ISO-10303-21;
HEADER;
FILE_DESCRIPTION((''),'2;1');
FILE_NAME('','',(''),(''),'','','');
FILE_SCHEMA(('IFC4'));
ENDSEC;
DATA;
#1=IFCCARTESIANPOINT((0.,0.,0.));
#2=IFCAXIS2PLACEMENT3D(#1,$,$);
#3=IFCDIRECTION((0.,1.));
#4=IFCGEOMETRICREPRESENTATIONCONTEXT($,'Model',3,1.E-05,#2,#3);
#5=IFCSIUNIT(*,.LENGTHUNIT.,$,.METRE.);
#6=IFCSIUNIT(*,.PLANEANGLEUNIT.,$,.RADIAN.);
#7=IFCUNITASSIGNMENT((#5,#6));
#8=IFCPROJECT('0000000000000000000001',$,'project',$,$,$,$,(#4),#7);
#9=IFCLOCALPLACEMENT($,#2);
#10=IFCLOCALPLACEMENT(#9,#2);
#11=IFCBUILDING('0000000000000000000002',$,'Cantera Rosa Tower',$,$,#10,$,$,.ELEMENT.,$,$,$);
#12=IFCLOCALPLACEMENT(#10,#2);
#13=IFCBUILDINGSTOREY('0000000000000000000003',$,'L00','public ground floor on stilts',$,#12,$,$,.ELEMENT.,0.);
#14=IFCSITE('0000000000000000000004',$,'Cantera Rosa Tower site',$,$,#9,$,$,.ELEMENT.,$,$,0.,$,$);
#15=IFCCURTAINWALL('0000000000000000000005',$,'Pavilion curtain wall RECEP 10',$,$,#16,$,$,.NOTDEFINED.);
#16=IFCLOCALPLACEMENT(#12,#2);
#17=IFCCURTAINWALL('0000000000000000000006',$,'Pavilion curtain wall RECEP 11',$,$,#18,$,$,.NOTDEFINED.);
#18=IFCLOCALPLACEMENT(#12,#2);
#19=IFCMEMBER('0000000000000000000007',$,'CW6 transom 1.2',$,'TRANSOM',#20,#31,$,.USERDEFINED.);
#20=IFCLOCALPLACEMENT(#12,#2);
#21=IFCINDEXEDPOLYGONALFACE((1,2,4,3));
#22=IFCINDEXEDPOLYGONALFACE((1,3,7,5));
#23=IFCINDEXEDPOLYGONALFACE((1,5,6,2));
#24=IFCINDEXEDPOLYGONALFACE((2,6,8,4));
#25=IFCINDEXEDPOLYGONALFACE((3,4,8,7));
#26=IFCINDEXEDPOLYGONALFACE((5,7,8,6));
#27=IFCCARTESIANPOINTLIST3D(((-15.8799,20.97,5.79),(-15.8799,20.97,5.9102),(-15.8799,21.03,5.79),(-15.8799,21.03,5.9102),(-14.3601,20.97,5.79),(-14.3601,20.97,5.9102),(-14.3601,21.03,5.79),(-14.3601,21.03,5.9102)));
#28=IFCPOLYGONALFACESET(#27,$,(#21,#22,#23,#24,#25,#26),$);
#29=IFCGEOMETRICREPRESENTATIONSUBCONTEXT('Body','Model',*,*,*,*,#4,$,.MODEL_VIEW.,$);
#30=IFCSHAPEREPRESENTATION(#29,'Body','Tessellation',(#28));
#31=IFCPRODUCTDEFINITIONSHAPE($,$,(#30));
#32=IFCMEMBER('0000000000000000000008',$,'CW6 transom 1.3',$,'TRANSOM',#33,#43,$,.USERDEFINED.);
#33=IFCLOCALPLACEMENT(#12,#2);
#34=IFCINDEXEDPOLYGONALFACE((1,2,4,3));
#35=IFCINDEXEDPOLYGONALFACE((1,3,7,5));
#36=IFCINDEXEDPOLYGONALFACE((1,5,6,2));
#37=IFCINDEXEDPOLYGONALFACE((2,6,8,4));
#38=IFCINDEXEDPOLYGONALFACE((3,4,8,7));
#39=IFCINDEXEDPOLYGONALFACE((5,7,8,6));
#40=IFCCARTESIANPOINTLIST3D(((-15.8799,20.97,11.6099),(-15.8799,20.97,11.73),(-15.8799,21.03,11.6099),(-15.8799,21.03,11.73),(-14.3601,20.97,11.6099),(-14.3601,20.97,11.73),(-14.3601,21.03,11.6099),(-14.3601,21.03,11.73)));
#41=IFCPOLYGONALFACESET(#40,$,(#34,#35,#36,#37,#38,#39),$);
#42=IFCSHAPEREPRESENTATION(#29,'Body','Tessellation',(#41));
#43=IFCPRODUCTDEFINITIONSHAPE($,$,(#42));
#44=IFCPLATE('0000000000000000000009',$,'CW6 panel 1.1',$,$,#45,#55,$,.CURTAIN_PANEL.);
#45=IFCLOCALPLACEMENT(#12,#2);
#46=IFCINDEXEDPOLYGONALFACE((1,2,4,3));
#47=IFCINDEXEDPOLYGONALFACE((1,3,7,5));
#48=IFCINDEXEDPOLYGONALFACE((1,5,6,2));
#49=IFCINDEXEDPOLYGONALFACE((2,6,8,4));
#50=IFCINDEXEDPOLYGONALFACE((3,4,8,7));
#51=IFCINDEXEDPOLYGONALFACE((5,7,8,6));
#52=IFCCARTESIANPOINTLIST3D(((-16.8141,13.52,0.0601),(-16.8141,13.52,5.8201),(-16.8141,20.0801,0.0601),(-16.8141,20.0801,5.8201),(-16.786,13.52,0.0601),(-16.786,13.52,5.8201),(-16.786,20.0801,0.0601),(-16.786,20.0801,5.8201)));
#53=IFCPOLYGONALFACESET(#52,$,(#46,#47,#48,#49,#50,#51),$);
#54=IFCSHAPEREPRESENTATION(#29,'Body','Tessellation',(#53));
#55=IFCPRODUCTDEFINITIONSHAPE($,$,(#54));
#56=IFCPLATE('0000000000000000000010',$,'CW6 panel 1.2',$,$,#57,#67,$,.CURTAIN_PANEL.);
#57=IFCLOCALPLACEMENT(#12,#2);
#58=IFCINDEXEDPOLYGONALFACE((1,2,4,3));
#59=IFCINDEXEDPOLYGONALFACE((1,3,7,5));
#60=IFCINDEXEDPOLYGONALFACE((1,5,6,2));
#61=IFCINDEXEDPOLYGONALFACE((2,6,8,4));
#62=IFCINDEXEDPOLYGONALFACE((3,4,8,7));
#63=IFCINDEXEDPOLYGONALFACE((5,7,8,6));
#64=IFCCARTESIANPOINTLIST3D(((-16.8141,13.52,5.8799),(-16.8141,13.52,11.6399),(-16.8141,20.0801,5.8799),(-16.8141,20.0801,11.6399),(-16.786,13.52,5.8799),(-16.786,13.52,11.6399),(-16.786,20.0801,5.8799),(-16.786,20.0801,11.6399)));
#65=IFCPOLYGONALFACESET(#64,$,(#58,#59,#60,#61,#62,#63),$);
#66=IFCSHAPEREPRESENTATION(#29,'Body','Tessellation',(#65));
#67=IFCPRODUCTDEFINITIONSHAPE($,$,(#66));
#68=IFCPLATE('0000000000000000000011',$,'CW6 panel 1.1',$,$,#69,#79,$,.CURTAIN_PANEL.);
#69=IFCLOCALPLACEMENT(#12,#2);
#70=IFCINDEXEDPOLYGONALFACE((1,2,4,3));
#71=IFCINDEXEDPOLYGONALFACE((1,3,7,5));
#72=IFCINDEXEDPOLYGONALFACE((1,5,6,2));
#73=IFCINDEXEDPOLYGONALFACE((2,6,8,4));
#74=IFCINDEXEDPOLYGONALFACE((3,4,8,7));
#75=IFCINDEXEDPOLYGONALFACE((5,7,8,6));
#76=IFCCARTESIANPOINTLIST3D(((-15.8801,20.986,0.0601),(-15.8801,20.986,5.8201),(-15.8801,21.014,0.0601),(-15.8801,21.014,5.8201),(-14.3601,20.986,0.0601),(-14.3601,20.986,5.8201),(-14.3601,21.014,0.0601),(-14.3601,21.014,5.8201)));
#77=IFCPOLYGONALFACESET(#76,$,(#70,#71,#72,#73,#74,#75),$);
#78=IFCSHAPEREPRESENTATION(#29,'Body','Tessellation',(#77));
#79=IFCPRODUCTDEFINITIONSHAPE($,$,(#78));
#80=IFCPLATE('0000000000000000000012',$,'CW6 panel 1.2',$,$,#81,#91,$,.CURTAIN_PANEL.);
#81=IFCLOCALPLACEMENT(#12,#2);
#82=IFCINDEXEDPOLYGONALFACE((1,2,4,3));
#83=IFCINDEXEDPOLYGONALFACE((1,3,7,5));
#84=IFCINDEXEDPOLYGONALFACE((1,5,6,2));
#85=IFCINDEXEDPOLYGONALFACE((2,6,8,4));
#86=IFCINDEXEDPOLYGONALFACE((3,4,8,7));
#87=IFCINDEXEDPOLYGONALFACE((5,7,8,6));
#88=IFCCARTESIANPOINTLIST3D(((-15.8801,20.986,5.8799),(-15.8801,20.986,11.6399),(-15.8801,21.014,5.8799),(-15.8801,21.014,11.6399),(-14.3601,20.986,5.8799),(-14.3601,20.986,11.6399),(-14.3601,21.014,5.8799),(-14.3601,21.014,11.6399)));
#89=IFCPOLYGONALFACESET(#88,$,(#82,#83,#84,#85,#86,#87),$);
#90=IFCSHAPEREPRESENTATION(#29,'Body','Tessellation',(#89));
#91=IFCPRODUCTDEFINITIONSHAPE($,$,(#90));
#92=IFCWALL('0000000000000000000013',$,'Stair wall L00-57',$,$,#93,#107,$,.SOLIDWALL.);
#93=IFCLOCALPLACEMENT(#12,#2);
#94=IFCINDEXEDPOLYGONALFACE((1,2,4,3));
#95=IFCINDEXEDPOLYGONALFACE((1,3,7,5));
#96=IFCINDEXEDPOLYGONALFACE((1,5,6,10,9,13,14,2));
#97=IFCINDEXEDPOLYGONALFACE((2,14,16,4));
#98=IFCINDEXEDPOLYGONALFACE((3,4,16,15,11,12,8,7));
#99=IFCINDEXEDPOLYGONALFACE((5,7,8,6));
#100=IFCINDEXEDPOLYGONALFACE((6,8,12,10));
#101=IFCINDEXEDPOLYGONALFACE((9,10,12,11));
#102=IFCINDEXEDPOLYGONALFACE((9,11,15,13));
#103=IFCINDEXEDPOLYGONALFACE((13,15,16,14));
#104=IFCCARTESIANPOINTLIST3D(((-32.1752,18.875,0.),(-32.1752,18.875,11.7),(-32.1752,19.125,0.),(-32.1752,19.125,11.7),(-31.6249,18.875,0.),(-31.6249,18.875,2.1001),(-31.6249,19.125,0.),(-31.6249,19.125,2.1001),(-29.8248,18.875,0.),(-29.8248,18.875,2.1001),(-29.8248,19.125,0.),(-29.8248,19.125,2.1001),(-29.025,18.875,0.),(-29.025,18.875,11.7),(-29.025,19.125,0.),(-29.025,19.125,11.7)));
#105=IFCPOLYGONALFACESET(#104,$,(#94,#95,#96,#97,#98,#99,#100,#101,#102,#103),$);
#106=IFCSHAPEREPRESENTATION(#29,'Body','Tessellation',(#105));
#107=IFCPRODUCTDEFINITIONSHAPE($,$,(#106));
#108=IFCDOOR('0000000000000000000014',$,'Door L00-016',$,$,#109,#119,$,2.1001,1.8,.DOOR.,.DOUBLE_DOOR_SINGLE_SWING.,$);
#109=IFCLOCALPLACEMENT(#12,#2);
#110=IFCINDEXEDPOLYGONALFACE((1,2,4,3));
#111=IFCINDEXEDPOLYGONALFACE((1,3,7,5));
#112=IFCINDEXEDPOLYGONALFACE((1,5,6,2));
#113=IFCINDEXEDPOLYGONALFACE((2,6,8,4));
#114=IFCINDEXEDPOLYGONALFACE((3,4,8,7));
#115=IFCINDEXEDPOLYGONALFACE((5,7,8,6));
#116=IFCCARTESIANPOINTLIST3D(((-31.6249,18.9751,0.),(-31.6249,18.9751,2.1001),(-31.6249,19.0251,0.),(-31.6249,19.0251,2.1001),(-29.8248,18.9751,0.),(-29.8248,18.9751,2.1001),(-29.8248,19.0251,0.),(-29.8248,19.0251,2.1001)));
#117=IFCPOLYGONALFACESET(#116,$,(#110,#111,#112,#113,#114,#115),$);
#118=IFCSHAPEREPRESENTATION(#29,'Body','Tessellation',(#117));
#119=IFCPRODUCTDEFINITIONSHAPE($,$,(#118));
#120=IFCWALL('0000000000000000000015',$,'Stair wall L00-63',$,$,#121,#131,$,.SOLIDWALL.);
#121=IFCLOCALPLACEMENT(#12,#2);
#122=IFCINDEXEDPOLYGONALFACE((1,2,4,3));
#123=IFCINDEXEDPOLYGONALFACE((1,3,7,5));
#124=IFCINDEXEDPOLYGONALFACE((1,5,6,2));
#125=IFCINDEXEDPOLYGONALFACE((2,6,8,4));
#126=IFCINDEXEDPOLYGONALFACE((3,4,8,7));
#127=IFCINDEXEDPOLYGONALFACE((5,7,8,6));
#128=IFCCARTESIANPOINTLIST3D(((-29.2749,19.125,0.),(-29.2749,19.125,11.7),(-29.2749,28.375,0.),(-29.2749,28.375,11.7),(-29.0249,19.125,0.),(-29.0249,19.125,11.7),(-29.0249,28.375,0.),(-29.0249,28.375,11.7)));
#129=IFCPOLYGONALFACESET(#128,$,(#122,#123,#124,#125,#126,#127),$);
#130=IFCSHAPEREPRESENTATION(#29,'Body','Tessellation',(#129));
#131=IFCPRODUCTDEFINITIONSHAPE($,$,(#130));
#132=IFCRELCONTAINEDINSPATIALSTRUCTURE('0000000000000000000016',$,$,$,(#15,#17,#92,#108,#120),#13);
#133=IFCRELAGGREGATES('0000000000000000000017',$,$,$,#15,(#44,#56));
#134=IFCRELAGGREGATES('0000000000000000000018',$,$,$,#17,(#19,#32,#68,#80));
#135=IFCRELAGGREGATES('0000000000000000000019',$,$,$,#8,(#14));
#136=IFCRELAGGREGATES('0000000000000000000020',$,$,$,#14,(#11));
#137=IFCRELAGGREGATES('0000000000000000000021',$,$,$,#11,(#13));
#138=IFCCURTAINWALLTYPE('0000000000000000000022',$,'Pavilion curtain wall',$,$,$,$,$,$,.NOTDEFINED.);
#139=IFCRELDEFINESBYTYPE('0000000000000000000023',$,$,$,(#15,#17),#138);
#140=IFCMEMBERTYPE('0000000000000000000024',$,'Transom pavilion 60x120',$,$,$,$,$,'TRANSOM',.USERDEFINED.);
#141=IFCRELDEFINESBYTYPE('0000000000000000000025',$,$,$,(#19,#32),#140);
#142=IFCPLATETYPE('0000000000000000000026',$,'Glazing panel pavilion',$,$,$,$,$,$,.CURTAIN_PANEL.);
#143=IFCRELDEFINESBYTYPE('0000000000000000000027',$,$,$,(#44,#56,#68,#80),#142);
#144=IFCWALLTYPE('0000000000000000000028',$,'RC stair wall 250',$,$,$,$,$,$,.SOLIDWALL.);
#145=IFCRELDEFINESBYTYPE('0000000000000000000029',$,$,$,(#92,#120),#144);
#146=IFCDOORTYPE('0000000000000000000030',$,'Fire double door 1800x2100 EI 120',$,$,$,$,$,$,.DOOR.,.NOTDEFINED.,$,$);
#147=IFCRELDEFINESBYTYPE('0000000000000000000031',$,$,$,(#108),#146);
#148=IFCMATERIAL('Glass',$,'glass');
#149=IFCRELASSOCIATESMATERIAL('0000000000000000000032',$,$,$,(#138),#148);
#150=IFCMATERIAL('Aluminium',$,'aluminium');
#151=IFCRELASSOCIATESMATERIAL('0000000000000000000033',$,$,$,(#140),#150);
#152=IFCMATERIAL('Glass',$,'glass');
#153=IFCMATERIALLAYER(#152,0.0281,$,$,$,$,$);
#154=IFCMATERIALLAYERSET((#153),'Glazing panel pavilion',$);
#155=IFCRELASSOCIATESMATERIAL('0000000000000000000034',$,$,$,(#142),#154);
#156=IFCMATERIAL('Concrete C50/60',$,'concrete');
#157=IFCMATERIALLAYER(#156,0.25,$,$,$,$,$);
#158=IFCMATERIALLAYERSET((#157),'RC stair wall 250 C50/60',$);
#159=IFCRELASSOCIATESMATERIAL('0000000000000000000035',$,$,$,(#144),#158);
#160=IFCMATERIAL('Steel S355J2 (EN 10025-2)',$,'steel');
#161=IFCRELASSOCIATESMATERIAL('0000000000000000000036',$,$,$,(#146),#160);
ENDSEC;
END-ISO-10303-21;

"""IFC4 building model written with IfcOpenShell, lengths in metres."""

from ifc_helpers import new_model, si_unit, direction, frame, frame_2d, origin, origin_2d, place, context, subcontext, project, spatial, rectangle, extrude, material, layer, layer_set, material_profile, profile_set, type_object, element, fill, aggregate, save


model = new_model("IFC4")

# Units and contexts
model_context = context("Model", 3, precision=1e-05, world=origin(), true_north=direction((0.0, 1.0)))
body_context = subcontext(model_context, "Body", "Model", "MODEL_VIEW")
ifc_project = project(units=[si_unit("LENGTHUNIT", "METRE"), si_unit("PLANEANGLEUNIT", "RADIAN")], contexts=[model_context])

# Site, building, storey
site_placement = place(None, origin())
site = spatial("IfcSite", under=ifc_project, at=site_placement, Name="Cantera Rosa Tower site", CompositionType="ELEMENT", RefElevation=0.0)
building_placement = place(site_placement, origin())
building = spatial("IfcBuilding", under=site, at=building_placement, Name="Cantera Rosa Tower", CompositionType="ELEMENT")
storey_placement = place(building_placement, origin())
storey = spatial("IfcBuildingStorey", under=building, at=storey_placement, Name="L00", Description="public ground floor on stilts", CompositionType="ELEMENT", Elevation=0.0)

# Curtain wall
ifc_material_1 = material(Name="Glass", Category="glass")
curtain_wall_type = type_object("IfcCurtainWallType", Name="Pavilion curtain wall", PredefinedType="NOTDEFINED", material=ifc_material_1)
curtain_wall_1_placement = place(storey_placement, origin())
curtain_wall_1 = element("IfcCurtainWall", 1, at=curtain_wall_1_placement, inside=storey, type_object=curtain_wall_type, Name="Pavilion curtain wall RECEP 10", PredefinedType="NOTDEFINED")

# Curtain wall, members
curtain_wall_2_placement = place(storey_placement, origin())
curtain_wall_2 = element("IfcCurtainWall", 2, at=curtain_wall_2_placement, inside=storey, type_object=curtain_wall_type, Name="Pavilion curtain wall RECEP 11", PredefinedType="NOTDEFINED")
ifc_material_2 = material(Name="Aluminium", Category="aluminium")
ifc_material_profile_1 = material_profile(ifc_material_2, rectangle(XDim=0.0601, YDim=0.1201, at=origin_2d()), Name="Transom pavilion 60x120")
ifc_profile_set_1 = profile_set([ifc_material_profile_1], Name="Aluminium")
member_type_1 = type_object("IfcMemberType", Name="Transom pavilion 60x120", ElementType="TRANSOM", PredefinedType="USERDEFINED", material=ifc_profile_set_1)
member_1_placement = place(storey_placement, frame((-15.8799, 21.0, 5.8501), z_axis=(1.0, 0.0, 0.0), x_axis=(0.0, 1.0, 0.0)))
member_1 = element("IfcMember", 3, at=member_1_placement, type_object=member_type_1, Name="CW6 transom 1.2", ObjectType="TRANSOM", PredefinedType="USERDEFINED", context=body_context, shape_type="SweptSolid", body=[
    extrude(rectangle(XDim=0.0601, YDim=0.1201, at=origin_2d()), origin(), (0.0, 0.0, 1.0), 1.5198),
])
member_2_placement = place(storey_placement, frame((-15.8799, 21.0, 11.6699), z_axis=(1.0, 0.0, 0.0), x_axis=(0.0, 1.0, 0.0)))
member_2 = element("IfcMember", 4, at=member_2_placement, type_object=member_type_1, Name="CW6 transom 1.3", ObjectType="TRANSOM", PredefinedType="USERDEFINED", context=body_context, shape_type="SweptSolid", body=[
    extrude(rectangle(XDim=0.0601, YDim=0.1201, at=origin_2d()), origin(), (0.0, 0.0, 1.0), 1.5198),
])

# Plates
ifc_material_3 = material(Name="Glass", Category="glass")
ifc_layer_1 = layer(ifc_material_3, 0.0281)
ifc_layer_set_1 = layer_set([ifc_layer_1], Name="Glazing panel pavilion")
plate_type = type_object("IfcPlateType", Name="Glazing panel pavilion", PredefinedType="CURTAIN_PANEL", material=ifc_layer_set_1)
plate_1_placement = place(storey_placement, frame((-16.8, 16.8, 0.0601), z_axis=(0.0, 0.0, 1.0), x_axis=(0.0, 1.0, 0.0)))
plate_1 = element("IfcPlate", 5, at=plate_1_placement, type_object=plate_type, Name="CW6 panel 1.1", PredefinedType="CURTAIN_PANEL", context=body_context, shape_type="SweptSolid", body=[
    extrude(rectangle(XDim=6.5601, YDim=0.0281, at=origin_2d()), origin(), (0.0, 0.0, 1.0), 5.76),
])
plate_2_placement = place(storey_placement, frame((-16.8, 16.8, 5.8799), z_axis=(0.0, 0.0, 1.0), x_axis=(0.0, 1.0, 0.0)))
plate_2 = element("IfcPlate", 6, at=plate_2_placement, type_object=plate_type, Name="CW6 panel 1.2", PredefinedType="CURTAIN_PANEL", context=body_context, shape_type="SweptSolid", body=[
    extrude(rectangle(XDim=6.5601, YDim=0.0281, at=origin_2d()), origin(), (0.0, 0.0, 1.0), 5.76),
])
aggregate(curtain_wall_1, [plate_1, plate_2])
plate_3_placement = place(storey_placement, frame((-15.1201, 21.0, 0.0601), z_axis=(0.0, 0.0, 1.0), x_axis=(1.0, 0.0, 0.0)))
plate_3 = element("IfcPlate", 7, at=plate_3_placement, type_object=plate_type, Name="CW6 panel 1.1", PredefinedType="CURTAIN_PANEL", context=body_context, shape_type="SweptSolid", body=[
    extrude(rectangle(XDim=1.52, YDim=0.0281, at=origin_2d()), origin(), (0.0, 0.0, 1.0), 5.76),
])
plate_4_placement = place(storey_placement, frame((-15.1201, 21.0, 5.8799), z_axis=(0.0, 0.0, 1.0), x_axis=(1.0, 0.0, 0.0)))
plate_4 = element("IfcPlate", 8, at=plate_4_placement, type_object=plate_type, Name="CW6 panel 1.2", PredefinedType="CURTAIN_PANEL", context=body_context, shape_type="SweptSolid", body=[
    extrude(rectangle(XDim=1.52, YDim=0.0281, at=origin_2d()), origin(), (0.0, 0.0, 1.0), 5.76),
])
aggregate(curtain_wall_2, [member_1, member_2, plate_3, plate_4])

# Wall, opening, door
ifc_material_4 = material(Name="Concrete C50/60", Category="concrete")
ifc_layer_2 = layer(ifc_material_4, 0.25)
ifc_layer_set_2 = layer_set([ifc_layer_2], Name="RC stair wall 250 C50/60")
wall_type = type_object("IfcWallType", Name="RC stair wall 250", PredefinedType="SOLIDWALL", material=ifc_layer_set_2)
wall_1_placement = place(storey_placement, frame((-29.0249, 19.0, 0.0), z_axis=(0.0, 0.0, 1.0), x_axis=(-1.0, 0.0, 0.0)))
wall_1 = element("IfcWall", 9, at=wall_1_placement, inside=storey, type_object=wall_type, Name="Stair wall L00-57", PredefinedType="SOLIDWALL", context=body_context, shape_type="SweptSolid", body=[
    extrude(rectangle(XDim=3.1501, YDim=0.25, at=frame_2d((1.5752, 0.0))), origin(), (0.0, 0.0, 1.0), 11.7),
])
opening_placement = place(wall_1_placement, frame((0.8, 0.0, 0.0)))
opening = element("IfcOpeningElement", 10, at=opening_placement, cuts=wall_1, PredefinedType="OPENING", context=body_context, shape_type="SweptSolid", body=[
    extrude(rectangle(XDim=1.8, YDim=2.1001, at=frame_2d((0.8999, 1.05))), frame((0.0, 0.135, 0.0), z_axis=(0.0, -1.0, 0.0), x_axis=(1.0, 0.0, 0.0)), (0.0, 0.0, 1.0), 0.27),
])
ifc_material_5 = material(Name="Steel S355J2 (EN 10025-2)", Category="steel")
door_type = type_object("IfcDoorType", Name="Fire double door 1800x2100 EI 120", OperationType="NOTDEFINED", PredefinedType="DOOR", material=ifc_material_5)
door_placement = place(opening_placement, origin())
door = element("IfcDoor", 11, at=door_placement, inside=storey, type_object=door_type, Name="Door L00-016", OperationType="DOUBLE_DOOR_SINGLE_SWING", OverallHeight=2.1001, OverallWidth=1.8, PredefinedType="DOOR", context=body_context, shape_type="SweptSolid", body=[
    extrude(rectangle(XDim=1.8, YDim=2.1001, at=frame_2d((0.8999, 1.05))), frame((0.0, 0.0249, 0.0), z_axis=(0.0, -1.0, 0.0), x_axis=(1.0, 0.0, 0.0)), (0.0, 0.0, 1.0), 0.05),
])
fill(opening, door)

# Wall
wall_2_placement = place(storey_placement, frame((-29.1499, 28.375, 0.0), z_axis=(0.0, 0.0, 1.0), x_axis=(0.0, -1.0, 0.0)))
element("IfcWall", 12, at=wall_2_placement, inside=storey, type_object=wall_type, Name="Stair wall L00-63", PredefinedType="SOLIDWALL", context=body_context, shape_type="SweptSolid", body=[
    extrude(rectangle(XDim=9.25, YDim=0.25, at=frame_2d((4.625, 0.0))), origin(), (0.0, 0.0, 1.0), 11.7),
])

save(model, "model.ifc")
